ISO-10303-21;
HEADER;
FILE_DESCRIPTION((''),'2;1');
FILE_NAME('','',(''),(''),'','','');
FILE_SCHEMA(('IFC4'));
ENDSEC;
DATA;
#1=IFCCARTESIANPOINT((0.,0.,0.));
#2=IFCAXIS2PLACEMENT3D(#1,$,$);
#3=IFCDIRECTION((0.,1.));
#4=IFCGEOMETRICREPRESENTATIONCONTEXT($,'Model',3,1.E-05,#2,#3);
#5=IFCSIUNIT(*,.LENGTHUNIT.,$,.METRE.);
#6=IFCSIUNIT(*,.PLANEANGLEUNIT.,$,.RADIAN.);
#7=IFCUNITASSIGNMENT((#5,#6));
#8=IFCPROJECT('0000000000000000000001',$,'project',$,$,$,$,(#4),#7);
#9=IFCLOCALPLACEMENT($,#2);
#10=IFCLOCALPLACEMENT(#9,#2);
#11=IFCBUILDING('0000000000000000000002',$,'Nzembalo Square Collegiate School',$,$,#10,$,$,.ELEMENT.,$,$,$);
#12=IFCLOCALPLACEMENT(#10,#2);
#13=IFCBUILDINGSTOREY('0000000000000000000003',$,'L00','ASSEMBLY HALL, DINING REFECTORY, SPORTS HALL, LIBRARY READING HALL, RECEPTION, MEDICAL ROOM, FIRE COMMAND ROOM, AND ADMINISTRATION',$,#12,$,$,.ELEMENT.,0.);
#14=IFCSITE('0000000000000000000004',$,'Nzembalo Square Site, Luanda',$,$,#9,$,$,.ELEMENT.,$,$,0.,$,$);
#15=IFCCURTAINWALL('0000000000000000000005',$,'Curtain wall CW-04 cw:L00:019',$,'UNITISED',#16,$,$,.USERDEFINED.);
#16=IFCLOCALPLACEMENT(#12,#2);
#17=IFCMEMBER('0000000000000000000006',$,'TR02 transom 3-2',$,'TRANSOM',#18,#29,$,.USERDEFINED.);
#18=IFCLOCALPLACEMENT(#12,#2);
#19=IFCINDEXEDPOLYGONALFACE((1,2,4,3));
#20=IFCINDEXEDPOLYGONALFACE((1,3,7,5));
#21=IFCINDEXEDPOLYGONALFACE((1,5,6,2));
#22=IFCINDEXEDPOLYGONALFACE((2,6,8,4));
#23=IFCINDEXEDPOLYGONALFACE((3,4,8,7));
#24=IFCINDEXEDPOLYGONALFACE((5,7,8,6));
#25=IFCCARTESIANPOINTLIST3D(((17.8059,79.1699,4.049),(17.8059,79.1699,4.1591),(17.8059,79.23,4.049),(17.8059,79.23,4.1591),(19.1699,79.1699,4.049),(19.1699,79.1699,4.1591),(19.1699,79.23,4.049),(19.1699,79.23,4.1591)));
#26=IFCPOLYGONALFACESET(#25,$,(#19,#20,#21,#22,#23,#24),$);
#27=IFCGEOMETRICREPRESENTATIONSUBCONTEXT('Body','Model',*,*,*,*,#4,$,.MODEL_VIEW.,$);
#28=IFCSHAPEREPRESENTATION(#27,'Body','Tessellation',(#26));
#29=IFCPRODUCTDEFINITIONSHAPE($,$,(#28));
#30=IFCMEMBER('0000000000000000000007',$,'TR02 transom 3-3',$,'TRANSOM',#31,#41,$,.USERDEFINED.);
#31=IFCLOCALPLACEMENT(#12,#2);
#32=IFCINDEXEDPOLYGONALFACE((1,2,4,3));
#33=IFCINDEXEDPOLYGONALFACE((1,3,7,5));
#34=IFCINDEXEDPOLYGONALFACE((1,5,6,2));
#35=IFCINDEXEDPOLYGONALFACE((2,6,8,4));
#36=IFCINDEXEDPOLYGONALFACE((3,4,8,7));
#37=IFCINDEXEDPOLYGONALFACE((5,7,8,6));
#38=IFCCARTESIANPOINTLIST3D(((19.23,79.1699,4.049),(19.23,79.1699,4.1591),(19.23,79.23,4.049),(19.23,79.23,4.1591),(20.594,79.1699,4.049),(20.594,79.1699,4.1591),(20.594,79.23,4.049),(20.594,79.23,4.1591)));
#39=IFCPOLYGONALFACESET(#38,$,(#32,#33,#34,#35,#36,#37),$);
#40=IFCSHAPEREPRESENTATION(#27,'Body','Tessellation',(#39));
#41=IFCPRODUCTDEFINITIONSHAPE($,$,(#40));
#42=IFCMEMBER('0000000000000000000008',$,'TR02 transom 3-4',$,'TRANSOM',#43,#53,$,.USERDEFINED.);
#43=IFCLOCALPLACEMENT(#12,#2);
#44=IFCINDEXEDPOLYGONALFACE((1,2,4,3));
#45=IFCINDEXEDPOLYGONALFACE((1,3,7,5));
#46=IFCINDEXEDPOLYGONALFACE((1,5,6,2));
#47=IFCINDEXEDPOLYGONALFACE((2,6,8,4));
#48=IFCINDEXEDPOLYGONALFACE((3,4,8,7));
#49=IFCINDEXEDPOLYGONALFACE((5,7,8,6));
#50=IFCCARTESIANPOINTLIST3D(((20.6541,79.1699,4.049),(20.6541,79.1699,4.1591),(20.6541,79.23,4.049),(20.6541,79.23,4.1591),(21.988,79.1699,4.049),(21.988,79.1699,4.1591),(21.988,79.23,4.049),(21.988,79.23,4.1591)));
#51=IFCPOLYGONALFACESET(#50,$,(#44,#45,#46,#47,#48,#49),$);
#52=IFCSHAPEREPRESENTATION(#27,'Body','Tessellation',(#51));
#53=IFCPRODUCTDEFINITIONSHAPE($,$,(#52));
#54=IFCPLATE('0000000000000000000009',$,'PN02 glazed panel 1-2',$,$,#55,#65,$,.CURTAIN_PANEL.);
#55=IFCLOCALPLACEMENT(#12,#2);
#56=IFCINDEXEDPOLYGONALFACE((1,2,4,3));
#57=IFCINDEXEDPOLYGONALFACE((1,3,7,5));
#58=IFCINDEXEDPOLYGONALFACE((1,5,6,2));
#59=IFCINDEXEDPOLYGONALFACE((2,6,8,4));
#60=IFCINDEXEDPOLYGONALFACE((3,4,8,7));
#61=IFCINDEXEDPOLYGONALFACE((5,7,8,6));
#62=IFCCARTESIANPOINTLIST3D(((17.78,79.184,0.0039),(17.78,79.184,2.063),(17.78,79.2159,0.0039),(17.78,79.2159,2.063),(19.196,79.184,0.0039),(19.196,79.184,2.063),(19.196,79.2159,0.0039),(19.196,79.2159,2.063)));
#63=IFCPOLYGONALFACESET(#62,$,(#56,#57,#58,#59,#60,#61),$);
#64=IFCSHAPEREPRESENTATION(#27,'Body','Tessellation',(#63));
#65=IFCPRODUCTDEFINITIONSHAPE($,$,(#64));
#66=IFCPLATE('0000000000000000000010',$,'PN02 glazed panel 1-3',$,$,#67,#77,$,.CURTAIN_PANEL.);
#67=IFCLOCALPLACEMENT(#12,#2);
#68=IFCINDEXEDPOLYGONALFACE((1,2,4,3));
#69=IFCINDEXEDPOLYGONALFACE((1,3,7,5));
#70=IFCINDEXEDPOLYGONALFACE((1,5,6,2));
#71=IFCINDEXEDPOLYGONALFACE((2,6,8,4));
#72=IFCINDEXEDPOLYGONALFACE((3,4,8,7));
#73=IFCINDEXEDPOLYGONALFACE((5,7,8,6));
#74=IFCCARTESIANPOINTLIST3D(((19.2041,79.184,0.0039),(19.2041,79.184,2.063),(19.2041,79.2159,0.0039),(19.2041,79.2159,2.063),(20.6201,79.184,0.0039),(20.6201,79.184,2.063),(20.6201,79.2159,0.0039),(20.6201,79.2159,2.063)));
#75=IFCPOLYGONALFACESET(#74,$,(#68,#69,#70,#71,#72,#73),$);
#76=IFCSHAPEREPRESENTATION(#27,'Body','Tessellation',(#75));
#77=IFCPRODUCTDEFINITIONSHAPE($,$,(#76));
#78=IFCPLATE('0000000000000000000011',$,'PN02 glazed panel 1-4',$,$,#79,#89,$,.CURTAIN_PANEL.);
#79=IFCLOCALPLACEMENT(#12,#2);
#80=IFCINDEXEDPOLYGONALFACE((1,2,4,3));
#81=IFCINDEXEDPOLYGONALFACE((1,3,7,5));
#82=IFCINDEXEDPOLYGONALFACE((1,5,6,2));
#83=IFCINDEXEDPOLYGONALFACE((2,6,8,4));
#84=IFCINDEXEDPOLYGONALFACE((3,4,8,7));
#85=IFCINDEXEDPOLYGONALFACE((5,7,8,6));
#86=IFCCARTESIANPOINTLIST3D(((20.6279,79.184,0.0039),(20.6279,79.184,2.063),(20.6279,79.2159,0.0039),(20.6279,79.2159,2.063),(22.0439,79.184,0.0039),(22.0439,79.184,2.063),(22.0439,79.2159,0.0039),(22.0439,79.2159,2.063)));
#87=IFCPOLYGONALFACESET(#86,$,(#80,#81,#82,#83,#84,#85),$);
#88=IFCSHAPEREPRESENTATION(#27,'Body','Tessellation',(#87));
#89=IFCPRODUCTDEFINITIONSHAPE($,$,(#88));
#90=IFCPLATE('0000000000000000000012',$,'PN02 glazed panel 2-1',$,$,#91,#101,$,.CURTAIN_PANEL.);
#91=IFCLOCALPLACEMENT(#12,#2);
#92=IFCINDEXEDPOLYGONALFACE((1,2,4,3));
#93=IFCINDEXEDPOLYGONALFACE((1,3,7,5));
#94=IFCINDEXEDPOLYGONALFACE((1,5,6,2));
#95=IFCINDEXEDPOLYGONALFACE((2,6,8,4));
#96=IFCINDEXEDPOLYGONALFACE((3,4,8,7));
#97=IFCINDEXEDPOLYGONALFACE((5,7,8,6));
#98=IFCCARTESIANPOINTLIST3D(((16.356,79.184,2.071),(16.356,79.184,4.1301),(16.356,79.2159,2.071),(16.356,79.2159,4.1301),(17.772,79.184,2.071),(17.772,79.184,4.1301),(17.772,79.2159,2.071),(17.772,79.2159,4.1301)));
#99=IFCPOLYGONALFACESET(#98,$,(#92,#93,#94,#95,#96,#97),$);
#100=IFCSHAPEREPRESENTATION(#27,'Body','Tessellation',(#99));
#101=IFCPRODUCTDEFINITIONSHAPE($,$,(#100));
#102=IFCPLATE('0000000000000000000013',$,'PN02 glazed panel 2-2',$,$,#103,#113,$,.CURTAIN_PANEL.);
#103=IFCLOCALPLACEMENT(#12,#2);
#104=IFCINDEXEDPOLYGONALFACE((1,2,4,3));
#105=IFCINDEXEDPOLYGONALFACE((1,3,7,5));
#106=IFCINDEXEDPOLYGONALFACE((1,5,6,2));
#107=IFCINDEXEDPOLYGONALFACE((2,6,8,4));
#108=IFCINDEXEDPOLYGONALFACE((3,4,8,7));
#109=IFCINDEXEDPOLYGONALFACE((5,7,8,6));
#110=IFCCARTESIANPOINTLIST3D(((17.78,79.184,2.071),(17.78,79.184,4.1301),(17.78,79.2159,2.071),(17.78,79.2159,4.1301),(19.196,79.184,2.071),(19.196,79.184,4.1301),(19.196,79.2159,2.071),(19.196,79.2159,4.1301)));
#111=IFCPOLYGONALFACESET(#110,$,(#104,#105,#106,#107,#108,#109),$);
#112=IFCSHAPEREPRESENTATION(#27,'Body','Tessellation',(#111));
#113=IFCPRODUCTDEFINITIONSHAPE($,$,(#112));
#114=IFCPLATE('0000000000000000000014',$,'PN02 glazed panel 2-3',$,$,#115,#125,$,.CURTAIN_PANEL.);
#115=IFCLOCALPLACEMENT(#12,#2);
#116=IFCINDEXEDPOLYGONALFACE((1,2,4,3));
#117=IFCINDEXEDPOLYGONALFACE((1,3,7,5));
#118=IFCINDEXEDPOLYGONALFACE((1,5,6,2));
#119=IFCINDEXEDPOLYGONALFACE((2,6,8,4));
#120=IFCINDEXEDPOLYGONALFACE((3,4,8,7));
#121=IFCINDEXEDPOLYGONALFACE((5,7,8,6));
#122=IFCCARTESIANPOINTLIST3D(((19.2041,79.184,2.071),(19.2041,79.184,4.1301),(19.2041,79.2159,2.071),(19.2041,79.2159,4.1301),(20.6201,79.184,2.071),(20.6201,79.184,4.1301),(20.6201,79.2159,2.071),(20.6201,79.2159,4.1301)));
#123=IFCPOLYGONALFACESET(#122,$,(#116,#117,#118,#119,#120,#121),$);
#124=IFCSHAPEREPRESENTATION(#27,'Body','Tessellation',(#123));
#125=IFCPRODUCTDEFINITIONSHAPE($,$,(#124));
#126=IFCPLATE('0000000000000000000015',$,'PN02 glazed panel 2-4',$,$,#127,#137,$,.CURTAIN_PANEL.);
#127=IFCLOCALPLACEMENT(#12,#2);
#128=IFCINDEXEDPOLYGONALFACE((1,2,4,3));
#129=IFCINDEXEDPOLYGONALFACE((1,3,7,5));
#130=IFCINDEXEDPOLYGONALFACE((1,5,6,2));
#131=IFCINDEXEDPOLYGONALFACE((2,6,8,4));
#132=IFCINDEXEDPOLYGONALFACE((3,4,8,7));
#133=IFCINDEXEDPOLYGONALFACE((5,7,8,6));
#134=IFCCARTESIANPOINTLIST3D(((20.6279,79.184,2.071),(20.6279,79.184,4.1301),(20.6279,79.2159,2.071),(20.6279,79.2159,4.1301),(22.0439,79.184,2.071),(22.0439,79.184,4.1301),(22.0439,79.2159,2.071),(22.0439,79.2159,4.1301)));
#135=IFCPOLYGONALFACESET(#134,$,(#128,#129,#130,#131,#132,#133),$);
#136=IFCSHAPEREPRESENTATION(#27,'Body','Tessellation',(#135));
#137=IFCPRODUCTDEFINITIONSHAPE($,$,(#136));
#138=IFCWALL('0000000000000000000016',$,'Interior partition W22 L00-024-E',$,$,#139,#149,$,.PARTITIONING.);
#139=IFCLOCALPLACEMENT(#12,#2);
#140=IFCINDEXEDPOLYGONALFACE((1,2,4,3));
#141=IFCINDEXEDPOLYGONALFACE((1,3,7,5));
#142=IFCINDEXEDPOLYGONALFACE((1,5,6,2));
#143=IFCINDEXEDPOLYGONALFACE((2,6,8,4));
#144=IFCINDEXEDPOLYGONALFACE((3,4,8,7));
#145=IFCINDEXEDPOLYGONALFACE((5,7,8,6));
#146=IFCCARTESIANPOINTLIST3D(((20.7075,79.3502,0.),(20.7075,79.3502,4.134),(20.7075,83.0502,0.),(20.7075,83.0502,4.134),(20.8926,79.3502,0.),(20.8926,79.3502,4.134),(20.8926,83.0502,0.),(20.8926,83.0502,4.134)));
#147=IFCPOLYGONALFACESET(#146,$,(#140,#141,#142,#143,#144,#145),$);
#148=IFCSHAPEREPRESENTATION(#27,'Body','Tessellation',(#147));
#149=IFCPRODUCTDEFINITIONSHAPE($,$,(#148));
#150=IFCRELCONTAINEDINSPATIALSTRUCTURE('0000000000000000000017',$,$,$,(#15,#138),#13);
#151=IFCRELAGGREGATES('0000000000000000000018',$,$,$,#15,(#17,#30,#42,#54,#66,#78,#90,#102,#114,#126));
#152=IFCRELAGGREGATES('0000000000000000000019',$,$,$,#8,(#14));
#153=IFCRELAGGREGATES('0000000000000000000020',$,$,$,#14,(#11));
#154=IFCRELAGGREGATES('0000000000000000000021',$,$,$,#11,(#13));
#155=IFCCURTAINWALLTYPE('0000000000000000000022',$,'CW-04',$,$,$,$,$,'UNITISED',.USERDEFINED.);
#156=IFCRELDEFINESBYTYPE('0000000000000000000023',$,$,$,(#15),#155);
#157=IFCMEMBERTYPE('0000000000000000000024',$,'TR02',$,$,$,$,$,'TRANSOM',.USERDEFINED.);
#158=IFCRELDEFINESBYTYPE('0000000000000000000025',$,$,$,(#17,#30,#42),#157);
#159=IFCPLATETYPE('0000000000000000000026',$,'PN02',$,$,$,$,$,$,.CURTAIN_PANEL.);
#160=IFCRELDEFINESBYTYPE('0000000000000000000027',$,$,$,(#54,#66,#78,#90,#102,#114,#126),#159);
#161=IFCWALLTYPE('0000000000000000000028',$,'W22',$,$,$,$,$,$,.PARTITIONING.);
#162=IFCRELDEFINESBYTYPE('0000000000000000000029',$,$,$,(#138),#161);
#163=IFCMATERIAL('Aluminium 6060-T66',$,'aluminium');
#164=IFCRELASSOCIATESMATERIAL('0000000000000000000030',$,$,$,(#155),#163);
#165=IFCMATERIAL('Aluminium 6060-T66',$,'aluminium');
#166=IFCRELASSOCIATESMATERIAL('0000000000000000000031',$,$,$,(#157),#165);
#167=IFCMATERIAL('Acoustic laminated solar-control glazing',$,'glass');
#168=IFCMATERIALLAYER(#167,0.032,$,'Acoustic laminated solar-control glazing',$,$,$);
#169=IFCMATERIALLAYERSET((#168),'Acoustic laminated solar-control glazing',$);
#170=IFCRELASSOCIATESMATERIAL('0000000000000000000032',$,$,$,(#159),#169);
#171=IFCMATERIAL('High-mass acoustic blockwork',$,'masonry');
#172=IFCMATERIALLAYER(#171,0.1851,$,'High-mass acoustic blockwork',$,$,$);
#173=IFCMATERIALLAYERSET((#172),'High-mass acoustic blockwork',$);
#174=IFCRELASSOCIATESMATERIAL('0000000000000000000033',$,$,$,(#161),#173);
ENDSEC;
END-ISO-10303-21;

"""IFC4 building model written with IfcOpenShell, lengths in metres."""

from ifc_helpers import new_model, si_unit, direction, frame, frame_2d, origin, origin_2d, place, context, subcontext, project, spatial, rectangle, extrude, material, layer, layer_set, material_profile, profile_set, type_object, element, aggregate, save


model = new_model("IFC4")

# Units and contexts
model_context = context("Model", 3, precision=1e-05, world=origin(), true_north=direction((0.0, 1.0)))
body_context = subcontext(model_context, "Body", "Model", "MODEL_VIEW")
ifc_project = project(units=[si_unit("LENGTHUNIT", "METRE"), si_unit("PLANEANGLEUNIT", "RADIAN")], contexts=[model_context])

# Site, building, storey
site_placement = place(None, origin())
site = spatial("IfcSite", under=ifc_project, at=site_placement, Name="Nzembalo Square Site, Luanda", CompositionType="ELEMENT", RefElevation=0.0)
building_placement = place(site_placement, origin())
building = spatial("IfcBuilding", under=site, at=building_placement, Name="Nzembalo Square Collegiate School", CompositionType="ELEMENT")
storey_placement = place(building_placement, origin())
storey = spatial("IfcBuildingStorey", under=building, at=storey_placement, Name="L00", Description="ASSEMBLY HALL, DINING REFECTORY, SPORTS HALL, LIBRARY READING HALL, RECEPTION, MEDICAL ROOM, FIRE COMMAND ROOM, AND ADMINISTRATION", CompositionType="ELEMENT", Elevation=0.0)

# Curtain wall, members, plates
ifc_material_1 = material(Name="Aluminium 6060-T66", Category="aluminium")
curtain_wall_type = type_object("IfcCurtainWallType", Name="CW-04", ElementType="UNITISED", PredefinedType="USERDEFINED", material=ifc_material_1)
curtain_wall_placement = place(storey_placement, origin())
curtain_wall = element("IfcCurtainWall", 1, at=curtain_wall_placement, inside=storey, type_object=curtain_wall_type, Name="Curtain wall CW-04 cw:L00:019", ObjectType="UNITISED", PredefinedType="USERDEFINED")
ifc_material_2 = material(Name="Aluminium 6060-T66", Category="aluminium")
ifc_material_profile_1 = material_profile(ifc_material_2, rectangle(XDim=0.0601, YDim=0.1101, at=origin_2d()), Name="ALU T60x110")
ifc_profile_set_1 = profile_set([ifc_material_profile_1], Name="Aluminium 6060-T66")
member_type_1 = type_object("IfcMemberType", Name="TR02", ElementType="TRANSOM", PredefinedType="USERDEFINED", material=ifc_profile_set_1)
member_1_placement = place(storey_placement, frame((17.8059, 79.2, 4.104), z_axis=(1.0, 0.0, 0.0), x_axis=(0.0, 1.0, 0.0)))
member_1 = element("IfcMember", 2, at=member_1_placement, type_object=member_type_1, Name="TR02 transom 3-2", ObjectType="TRANSOM", PredefinedType="USERDEFINED", context=body_context, shape_type="SweptSolid", body=[
    extrude(rectangle(XDim=0.0601, YDim=0.1101, at=origin_2d()), origin(), (0.0, 0.0, 1.0), 1.364),
])
member_2_placement = place(storey_placement, frame((19.23, 79.2, 4.104), z_axis=(1.0, 0.0, 0.0), x_axis=(0.0, 1.0, 0.0)))
member_2 = element("IfcMember", 3, at=member_2_placement, type_object=member_type_1, Name="TR02 transom 3-3", ObjectType="TRANSOM", PredefinedType="USERDEFINED", context=body_context, shape_type="SweptSolid", body=[
    extrude(rectangle(XDim=0.0601, YDim=0.1101, at=origin_2d()), origin(), (0.0, 0.0, 1.0), 1.364),
])
member_3_placement = place(storey_placement, frame((20.6541, 79.2, 4.104), z_axis=(1.0, 0.0, 0.0), x_axis=(0.0, 1.0, 0.0)))
member_3 = element("IfcMember", 4, at=member_3_placement, type_object=member_type_1, Name="TR02 transom 3-4", ObjectType="TRANSOM", PredefinedType="USERDEFINED", context=body_context, shape_type="SweptSolid", body=[
    extrude(rectangle(XDim=0.0601, YDim=0.1101, at=origin_2d()), origin(), (0.0, 0.0, 1.0), 1.334),
])
ifc_material_3 = material(Name="Acoustic laminated solar-control glazing", Category="glass")
ifc_layer_1 = layer(ifc_material_3, 0.032, Name="Acoustic laminated solar-control glazing")
ifc_layer_set_1 = layer_set([ifc_layer_1], Name="Acoustic laminated solar-control glazing")
plate_type = type_object("IfcPlateType", Name="PN02", PredefinedType="CURTAIN_PANEL", material=ifc_layer_set_1)
plate_1_placement = place(storey_placement, frame((18.488, 79.2, 0.0039), z_axis=(0.0, 0.0, 1.0), x_axis=(1.0, 0.0, 0.0)))
plate_1 = element("IfcPlate", 5, at=plate_1_placement, type_object=plate_type, Name="PN02 glazed panel 1-2", PredefinedType="CURTAIN_PANEL", context=body_context, shape_type="SweptSolid", body=[
    extrude(rectangle(XDim=1.416, YDim=0.032, at=origin_2d()), origin(), (0.0, 0.0, 1.0), 2.0591),
])
plate_2_placement = place(storey_placement, frame((19.9121, 79.2, 0.0039), z_axis=(0.0, 0.0, 1.0), x_axis=(1.0, 0.0, 0.0)))
plate_2 = element("IfcPlate", 6, at=plate_2_placement, type_object=plate_type, Name="PN02 glazed panel 1-3", PredefinedType="CURTAIN_PANEL", context=body_context, shape_type="SweptSolid", body=[
    extrude(rectangle(XDim=1.416, YDim=0.032, at=origin_2d()), origin(), (0.0, 0.0, 1.0), 2.0591),
])
plate_3_placement = place(storey_placement, frame((21.3359, 79.2, 0.0039), z_axis=(0.0, 0.0, 1.0), x_axis=(1.0, 0.0, 0.0)))
plate_3 = element("IfcPlate", 7, at=plate_3_placement, type_object=plate_type, Name="PN02 glazed panel 1-4", PredefinedType="CURTAIN_PANEL", context=body_context, shape_type="SweptSolid", body=[
    extrude(rectangle(XDim=1.416, YDim=0.032, at=origin_2d()), origin(), (0.0, 0.0, 1.0), 2.0591),
])
plate_4_placement = place(storey_placement, frame((17.064, 79.2, 2.071), z_axis=(0.0, 0.0, 1.0), x_axis=(1.0, 0.0, 0.0)))
plate_4 = element("IfcPlate", 8, at=plate_4_placement, type_object=plate_type, Name="PN02 glazed panel 2-1", PredefinedType="CURTAIN_PANEL", context=body_context, shape_type="SweptSolid", body=[
    extrude(rectangle(XDim=1.416, YDim=0.032, at=origin_2d()), origin(), (0.0, 0.0, 1.0), 2.0591),
])
plate_5_placement = place(storey_placement, frame((18.488, 79.2, 2.071), z_axis=(0.0, 0.0, 1.0), x_axis=(1.0, 0.0, 0.0)))
plate_5 = element("IfcPlate", 9, at=plate_5_placement, type_object=plate_type, Name="PN02 glazed panel 2-2", PredefinedType="CURTAIN_PANEL", context=body_context, shape_type="SweptSolid", body=[
    extrude(rectangle(XDim=1.416, YDim=0.032, at=origin_2d()), origin(), (0.0, 0.0, 1.0), 2.0591),
])
plate_6_placement = place(storey_placement, frame((19.9121, 79.2, 2.071), z_axis=(0.0, 0.0, 1.0), x_axis=(1.0, 0.0, 0.0)))
plate_6 = element("IfcPlate", 10, at=plate_6_placement, type_object=plate_type, Name="PN02 glazed panel 2-3", PredefinedType="CURTAIN_PANEL", context=body_context, shape_type="SweptSolid", body=[
    extrude(rectangle(XDim=1.416, YDim=0.032, at=origin_2d()), origin(), (0.0, 0.0, 1.0), 2.0591),
])
plate_7_placement = place(storey_placement, frame((21.3359, 79.2, 2.071), z_axis=(0.0, 0.0, 1.0), x_axis=(1.0, 0.0, 0.0)))
plate_7 = element("IfcPlate", 11, at=plate_7_placement, type_object=plate_type, Name="PN02 glazed panel 2-4", PredefinedType="CURTAIN_PANEL", context=body_context, shape_type="SweptSolid", body=[
    extrude(rectangle(XDim=1.416, YDim=0.032, at=origin_2d()), origin(), (0.0, 0.0, 1.0), 2.0591),
])
aggregate(curtain_wall, [member_1, member_2, member_3, plate_1, plate_2, plate_3, plate_4, plate_5, plate_6, plate_7])

# Wall
ifc_material_4 = material(Name="High-mass acoustic blockwork", Category="masonry")
ifc_layer_2 = layer(ifc_material_4, 0.1851, Name="High-mass acoustic blockwork")
ifc_layer_set_2 = layer_set([ifc_layer_2], Name="High-mass acoustic blockwork")
wall_type = type_object("IfcWallType", Name="W22", PredefinedType="PARTITIONING", material=ifc_layer_set_2)
wall_placement = place(storey_placement, frame((20.8, 79.3501, 0.0), z_axis=(0.0, 0.0, 1.0), x_axis=(0.0, 1.0, 0.0)))
element("IfcWall", 12, at=wall_placement, inside=storey, type_object=wall_type, Name="Interior partition W22 L00-024-E", PredefinedType="PARTITIONING", context=body_context, shape_type="SweptSolid", body=[
    extrude(rectangle(XDim=3.7, YDim=0.1851, at=frame_2d((1.8501, 0.0))), origin(), (0.0, 0.0, 1.0), 4.134),
])

save(model, "model.ifc")
